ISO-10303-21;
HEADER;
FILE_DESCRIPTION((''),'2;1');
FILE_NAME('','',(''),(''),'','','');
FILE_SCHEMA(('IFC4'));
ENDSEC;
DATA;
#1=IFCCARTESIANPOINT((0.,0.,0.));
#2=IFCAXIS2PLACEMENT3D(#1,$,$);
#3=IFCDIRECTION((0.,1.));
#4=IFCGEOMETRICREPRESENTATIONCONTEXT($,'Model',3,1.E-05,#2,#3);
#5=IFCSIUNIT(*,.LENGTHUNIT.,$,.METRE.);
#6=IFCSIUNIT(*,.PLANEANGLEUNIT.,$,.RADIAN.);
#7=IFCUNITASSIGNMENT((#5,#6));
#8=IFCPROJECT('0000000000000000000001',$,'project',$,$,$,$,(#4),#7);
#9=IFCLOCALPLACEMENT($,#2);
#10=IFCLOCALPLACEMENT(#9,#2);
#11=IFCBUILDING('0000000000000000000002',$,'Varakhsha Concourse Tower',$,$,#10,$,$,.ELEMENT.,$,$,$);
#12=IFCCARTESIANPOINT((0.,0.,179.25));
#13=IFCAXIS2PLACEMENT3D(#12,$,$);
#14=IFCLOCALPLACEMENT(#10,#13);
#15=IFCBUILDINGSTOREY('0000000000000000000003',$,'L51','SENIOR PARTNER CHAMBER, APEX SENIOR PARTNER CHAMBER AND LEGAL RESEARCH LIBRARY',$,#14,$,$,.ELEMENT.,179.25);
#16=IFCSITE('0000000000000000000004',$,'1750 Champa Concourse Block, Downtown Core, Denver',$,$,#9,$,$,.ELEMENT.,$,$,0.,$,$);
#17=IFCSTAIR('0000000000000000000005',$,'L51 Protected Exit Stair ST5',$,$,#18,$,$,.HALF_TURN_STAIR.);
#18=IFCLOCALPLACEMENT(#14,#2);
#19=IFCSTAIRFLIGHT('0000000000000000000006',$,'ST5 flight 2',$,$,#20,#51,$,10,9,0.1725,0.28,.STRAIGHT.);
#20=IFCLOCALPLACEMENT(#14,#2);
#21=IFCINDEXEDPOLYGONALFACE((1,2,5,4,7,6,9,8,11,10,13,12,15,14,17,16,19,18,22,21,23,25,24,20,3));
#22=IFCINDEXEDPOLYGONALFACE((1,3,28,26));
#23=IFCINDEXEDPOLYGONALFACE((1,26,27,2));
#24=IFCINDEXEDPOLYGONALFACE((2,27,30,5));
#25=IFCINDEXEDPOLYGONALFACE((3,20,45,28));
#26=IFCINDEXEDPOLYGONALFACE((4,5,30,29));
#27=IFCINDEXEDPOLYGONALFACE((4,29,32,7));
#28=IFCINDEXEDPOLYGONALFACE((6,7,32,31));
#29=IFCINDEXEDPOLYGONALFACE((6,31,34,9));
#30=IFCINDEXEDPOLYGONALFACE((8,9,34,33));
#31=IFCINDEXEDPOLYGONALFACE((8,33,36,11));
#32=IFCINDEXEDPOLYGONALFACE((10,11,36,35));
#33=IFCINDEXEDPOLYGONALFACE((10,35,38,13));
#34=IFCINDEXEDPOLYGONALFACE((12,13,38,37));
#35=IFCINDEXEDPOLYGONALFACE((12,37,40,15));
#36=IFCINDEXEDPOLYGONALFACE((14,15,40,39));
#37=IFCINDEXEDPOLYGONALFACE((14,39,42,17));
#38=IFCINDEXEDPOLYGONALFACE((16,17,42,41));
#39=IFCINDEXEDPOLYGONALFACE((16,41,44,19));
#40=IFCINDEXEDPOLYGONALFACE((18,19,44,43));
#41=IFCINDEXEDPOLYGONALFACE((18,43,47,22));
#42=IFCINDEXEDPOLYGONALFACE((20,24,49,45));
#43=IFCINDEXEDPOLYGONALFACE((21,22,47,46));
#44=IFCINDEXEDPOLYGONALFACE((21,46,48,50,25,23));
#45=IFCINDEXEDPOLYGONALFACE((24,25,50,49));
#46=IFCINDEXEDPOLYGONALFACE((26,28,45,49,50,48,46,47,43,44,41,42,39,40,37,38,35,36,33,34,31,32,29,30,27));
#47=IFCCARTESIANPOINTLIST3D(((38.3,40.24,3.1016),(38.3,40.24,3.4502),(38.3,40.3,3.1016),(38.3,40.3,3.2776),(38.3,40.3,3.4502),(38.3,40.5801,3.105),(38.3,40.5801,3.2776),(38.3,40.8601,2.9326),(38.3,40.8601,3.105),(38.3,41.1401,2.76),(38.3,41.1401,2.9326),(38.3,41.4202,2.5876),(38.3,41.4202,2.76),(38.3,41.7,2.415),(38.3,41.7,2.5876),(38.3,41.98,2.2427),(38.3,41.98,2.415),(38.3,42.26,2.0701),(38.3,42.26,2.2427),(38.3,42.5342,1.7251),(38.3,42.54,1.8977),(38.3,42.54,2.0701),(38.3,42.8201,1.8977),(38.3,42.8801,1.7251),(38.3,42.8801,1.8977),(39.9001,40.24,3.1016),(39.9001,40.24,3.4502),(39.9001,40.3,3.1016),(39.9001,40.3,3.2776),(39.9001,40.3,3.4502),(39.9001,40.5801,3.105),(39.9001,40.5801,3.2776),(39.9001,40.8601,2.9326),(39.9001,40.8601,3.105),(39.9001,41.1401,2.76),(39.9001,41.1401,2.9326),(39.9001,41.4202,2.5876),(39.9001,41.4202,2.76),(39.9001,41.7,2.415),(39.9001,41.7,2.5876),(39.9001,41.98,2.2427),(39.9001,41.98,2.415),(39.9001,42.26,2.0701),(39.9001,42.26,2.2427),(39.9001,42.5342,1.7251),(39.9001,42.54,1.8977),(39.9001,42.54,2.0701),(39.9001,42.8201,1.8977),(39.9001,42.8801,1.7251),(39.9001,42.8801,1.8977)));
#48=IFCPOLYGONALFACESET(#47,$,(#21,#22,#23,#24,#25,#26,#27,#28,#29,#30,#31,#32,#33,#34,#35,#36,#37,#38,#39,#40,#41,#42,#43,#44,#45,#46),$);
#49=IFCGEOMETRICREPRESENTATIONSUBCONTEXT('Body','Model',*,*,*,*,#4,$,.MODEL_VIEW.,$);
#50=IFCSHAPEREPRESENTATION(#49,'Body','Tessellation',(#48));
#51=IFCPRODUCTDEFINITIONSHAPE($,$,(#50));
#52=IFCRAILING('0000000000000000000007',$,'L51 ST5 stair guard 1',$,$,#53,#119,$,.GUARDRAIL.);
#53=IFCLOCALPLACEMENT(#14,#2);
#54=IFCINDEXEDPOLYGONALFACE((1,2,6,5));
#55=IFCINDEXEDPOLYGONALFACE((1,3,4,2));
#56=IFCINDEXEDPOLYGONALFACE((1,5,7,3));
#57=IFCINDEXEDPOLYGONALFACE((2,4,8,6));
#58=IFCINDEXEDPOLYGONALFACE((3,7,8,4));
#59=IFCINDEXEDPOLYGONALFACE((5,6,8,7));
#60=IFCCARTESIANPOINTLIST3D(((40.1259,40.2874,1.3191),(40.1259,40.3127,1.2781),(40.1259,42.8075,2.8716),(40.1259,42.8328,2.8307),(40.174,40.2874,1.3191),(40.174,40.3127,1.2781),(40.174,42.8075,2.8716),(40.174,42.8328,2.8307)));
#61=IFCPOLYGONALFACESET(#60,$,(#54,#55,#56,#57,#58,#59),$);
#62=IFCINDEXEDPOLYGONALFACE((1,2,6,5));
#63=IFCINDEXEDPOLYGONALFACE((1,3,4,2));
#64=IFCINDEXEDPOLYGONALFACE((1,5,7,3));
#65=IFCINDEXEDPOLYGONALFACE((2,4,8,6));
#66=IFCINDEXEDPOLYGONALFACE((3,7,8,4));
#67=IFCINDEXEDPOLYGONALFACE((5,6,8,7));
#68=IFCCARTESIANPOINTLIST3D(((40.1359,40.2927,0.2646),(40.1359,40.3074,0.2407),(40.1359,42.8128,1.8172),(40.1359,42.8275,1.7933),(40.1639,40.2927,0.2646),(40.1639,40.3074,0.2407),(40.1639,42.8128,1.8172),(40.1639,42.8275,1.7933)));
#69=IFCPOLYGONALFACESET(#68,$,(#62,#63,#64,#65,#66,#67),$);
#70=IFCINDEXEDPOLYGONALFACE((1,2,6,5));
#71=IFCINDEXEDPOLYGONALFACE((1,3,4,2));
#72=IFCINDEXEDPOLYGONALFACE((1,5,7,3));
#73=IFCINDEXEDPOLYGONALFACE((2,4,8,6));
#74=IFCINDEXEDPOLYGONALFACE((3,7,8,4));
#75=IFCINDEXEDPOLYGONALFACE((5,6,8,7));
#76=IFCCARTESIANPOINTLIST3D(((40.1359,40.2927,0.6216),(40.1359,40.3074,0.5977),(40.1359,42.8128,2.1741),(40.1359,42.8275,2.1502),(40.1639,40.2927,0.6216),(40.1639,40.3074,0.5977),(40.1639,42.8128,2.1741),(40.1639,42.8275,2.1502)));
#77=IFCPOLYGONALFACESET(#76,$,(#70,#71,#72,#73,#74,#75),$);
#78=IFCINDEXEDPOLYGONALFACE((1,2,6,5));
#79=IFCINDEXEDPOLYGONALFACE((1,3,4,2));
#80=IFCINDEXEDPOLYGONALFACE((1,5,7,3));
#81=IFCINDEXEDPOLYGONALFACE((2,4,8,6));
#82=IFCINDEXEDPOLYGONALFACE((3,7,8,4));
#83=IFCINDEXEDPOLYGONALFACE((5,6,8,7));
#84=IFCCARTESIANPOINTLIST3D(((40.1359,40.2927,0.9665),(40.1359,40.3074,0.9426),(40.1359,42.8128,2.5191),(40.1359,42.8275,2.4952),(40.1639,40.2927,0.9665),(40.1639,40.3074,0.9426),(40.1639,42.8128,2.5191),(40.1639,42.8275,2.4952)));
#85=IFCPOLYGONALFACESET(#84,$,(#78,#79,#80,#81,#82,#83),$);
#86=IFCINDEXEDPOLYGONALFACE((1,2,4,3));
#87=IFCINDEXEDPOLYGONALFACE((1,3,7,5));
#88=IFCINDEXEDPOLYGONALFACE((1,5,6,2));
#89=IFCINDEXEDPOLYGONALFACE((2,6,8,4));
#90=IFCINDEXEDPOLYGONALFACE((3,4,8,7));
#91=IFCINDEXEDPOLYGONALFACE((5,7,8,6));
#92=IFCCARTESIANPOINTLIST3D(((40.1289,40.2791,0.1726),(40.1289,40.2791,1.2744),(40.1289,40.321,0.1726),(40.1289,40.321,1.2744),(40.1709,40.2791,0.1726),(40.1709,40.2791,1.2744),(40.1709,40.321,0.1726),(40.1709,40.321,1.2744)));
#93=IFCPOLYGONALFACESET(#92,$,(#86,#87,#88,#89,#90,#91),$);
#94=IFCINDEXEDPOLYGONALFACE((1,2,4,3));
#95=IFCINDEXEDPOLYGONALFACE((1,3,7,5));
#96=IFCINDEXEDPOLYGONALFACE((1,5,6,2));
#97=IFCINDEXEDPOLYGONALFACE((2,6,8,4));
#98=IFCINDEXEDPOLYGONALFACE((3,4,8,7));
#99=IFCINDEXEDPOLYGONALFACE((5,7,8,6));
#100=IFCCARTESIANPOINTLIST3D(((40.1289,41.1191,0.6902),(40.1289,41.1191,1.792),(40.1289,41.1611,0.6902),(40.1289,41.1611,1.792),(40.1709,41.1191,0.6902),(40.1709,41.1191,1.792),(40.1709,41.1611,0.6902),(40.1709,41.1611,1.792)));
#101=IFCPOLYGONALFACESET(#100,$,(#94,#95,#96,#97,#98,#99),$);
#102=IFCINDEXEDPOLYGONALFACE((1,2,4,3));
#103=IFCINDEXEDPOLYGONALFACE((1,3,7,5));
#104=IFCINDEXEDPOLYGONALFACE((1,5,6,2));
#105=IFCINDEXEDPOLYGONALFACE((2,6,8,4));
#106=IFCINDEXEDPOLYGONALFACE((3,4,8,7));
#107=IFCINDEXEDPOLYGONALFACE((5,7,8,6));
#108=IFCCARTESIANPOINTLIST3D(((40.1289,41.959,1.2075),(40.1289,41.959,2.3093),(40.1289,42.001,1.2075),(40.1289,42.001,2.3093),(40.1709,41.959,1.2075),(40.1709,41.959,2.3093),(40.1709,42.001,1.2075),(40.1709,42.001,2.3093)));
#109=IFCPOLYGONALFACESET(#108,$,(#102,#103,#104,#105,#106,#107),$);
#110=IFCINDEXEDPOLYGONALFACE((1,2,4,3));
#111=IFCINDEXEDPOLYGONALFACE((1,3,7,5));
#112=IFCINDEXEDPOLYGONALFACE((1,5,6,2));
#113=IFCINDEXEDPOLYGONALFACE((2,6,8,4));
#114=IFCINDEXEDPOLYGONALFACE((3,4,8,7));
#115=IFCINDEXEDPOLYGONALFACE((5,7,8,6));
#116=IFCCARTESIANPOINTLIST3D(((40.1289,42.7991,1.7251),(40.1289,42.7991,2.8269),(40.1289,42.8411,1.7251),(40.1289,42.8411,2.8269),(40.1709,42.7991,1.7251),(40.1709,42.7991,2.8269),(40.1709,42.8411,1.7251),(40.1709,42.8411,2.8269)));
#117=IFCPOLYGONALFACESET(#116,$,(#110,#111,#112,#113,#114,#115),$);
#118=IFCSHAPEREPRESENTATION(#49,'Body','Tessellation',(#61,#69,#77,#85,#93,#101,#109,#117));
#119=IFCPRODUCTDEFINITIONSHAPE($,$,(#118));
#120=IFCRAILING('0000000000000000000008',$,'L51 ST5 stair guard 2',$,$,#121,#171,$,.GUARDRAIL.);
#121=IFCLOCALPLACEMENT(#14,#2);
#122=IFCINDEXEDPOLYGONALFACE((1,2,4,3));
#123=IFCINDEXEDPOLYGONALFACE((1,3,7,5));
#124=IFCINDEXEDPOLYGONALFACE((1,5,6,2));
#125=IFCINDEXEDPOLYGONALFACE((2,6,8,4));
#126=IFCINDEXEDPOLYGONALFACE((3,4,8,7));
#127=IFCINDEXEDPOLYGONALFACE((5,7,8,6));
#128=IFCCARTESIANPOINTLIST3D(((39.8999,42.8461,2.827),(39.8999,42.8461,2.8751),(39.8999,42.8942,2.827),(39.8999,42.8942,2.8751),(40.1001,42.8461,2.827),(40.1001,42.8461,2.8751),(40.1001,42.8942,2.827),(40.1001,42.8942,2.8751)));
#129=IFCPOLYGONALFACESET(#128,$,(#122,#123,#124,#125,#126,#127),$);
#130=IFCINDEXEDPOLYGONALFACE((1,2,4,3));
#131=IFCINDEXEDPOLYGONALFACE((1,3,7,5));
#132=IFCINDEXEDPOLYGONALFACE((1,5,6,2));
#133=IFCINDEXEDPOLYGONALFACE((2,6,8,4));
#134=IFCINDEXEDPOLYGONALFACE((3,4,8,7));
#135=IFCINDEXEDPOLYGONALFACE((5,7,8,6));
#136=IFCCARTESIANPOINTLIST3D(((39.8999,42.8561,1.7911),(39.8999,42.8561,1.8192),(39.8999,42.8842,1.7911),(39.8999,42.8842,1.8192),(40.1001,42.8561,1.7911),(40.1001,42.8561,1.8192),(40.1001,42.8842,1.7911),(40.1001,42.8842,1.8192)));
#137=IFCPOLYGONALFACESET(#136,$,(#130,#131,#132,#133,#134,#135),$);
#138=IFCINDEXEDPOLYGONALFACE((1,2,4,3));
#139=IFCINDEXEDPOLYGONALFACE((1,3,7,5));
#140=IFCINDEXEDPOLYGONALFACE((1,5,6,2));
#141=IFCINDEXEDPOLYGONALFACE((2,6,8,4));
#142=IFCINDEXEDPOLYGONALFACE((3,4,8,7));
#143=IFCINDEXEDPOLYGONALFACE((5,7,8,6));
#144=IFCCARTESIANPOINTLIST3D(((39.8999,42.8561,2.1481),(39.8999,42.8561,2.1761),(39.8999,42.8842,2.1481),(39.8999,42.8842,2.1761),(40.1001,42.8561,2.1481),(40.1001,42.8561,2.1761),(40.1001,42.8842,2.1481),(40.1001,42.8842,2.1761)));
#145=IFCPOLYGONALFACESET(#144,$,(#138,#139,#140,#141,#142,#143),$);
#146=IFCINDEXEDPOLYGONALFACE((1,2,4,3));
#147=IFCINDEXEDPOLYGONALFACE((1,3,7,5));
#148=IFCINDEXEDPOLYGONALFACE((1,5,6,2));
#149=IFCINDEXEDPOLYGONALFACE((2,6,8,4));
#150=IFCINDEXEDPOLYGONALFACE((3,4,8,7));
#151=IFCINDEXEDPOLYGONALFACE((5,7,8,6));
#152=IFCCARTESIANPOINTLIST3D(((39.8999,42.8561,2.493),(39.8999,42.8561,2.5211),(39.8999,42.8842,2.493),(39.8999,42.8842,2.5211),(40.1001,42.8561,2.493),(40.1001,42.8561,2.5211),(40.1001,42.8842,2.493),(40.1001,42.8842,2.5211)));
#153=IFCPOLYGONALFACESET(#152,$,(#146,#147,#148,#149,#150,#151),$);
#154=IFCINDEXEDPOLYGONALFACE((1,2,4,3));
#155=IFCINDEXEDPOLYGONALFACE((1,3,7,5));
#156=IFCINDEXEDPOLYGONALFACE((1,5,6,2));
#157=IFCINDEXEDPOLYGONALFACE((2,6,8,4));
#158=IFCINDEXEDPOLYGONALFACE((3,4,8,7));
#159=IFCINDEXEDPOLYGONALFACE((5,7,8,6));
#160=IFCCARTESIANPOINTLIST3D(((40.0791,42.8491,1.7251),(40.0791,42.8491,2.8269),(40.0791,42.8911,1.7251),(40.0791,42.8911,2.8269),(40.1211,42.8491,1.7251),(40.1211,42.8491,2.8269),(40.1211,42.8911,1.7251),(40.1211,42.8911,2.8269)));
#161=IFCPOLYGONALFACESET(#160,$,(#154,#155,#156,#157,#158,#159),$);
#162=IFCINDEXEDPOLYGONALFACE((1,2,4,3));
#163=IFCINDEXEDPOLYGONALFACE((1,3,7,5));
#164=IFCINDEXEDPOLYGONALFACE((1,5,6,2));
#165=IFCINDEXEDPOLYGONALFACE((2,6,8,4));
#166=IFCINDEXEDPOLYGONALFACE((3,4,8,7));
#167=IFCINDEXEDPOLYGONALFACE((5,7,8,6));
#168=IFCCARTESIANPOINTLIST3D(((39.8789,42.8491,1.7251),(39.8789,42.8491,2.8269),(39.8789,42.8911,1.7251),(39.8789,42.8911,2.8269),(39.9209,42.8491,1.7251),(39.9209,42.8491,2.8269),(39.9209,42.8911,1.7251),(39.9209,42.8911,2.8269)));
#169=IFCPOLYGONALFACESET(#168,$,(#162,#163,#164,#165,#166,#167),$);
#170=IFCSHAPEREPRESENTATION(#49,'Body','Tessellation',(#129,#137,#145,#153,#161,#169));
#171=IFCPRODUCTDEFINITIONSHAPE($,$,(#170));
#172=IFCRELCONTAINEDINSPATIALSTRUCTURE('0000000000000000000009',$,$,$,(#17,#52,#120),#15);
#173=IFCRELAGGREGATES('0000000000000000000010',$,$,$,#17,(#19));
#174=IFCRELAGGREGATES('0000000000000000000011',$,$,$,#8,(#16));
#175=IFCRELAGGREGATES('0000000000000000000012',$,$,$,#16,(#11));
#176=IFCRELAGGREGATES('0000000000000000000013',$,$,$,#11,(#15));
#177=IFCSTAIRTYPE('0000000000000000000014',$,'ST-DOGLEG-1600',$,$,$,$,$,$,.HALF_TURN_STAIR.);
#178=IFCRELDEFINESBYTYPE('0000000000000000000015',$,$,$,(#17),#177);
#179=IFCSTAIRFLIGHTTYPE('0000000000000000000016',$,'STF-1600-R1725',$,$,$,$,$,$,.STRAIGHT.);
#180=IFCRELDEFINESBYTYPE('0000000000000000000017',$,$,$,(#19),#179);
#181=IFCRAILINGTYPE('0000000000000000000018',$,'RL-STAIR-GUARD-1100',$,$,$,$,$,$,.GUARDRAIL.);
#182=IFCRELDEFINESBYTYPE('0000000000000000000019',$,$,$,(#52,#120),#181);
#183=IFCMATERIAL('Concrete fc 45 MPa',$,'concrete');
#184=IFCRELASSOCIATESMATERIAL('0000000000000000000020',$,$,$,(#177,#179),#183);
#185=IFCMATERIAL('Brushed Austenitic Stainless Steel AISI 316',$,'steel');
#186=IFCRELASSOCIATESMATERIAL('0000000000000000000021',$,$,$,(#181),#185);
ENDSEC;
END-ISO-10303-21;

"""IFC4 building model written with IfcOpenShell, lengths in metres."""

from ifc_helpers import new_model, si_unit, direction, frame, origin, origin_2d, place, context, subcontext, project, spatial, polyline, rectangle, outline, extrude, material, type_object, element, aggregate, save


model = new_model("IFC4")

# Units and contexts
model_context = context("Model", 3, precision=1e-05, world=origin(), true_north=direction((0.0, 1.0)))
body_context = subcontext(model_context, "Body", "Model", "MODEL_VIEW")
ifc_project = project(units=[si_unit("LENGTHUNIT", "METRE"), si_unit("PLANEANGLEUNIT", "RADIAN")], contexts=[model_context])

# Site, building, storey
site_placement = place(None, origin())
site = spatial("IfcSite", under=ifc_project, at=site_placement, Name="1750 Champa Concourse Block, Downtown Core, Denver", CompositionType="ELEMENT", RefElevation=0.0)
building_placement = place(site_placement, origin())
building = spatial("IfcBuilding", under=site, at=building_placement, Name="Varakhsha Concourse Tower", CompositionType="ELEMENT")
storey_placement = place(building_placement, frame((0.0, 0.0, 179.25)))
storey = spatial("IfcBuildingStorey", under=building, at=storey_placement, Name="L51", Description="SENIOR PARTNER CHAMBER, APEX SENIOR PARTNER CHAMBER AND LEGAL RESEARCH LIBRARY", CompositionType="ELEMENT", Elevation=179.25)

# Shared definitions
ifc_material_1 = material(Name="Concrete fc 45 MPa", Category="concrete")

# Stair, stair flight
stair_type = type_object("IfcStairType", Name="ST-DOGLEG-1600", PredefinedType="HALF_TURN_STAIR", material=ifc_material_1)
stair_placement = place(storey_placement, origin())
stair = element("IfcStair", 1, at=stair_placement, inside=storey, type_object=stair_type, Name="L51 Protected Exit Stair ST5", PredefinedType="HALF_TURN_STAIR")
stair_flight_type = type_object("IfcStairFlightType", Name="STF-1600-R1725", PredefinedType="STRAIGHT", material=ifc_material_1)
stair_flight_1_placement = place(storey_placement, frame((39.1001, 42.8201, 1.7251), z_axis=(0.0, 0.0, 1.0), x_axis=(0.0, -1.0, 0.0)))
stair_flight_1 = element("IfcStairFlight", 2, at=stair_flight_1_placement, type_object=stair_flight_type, Name="ST5 flight 2", NumberOfRisers=10, NumberOfTreads=9, PredefinedType="STRAIGHT", RiserHeight=0.1725, TreadLength=0.28, context=body_context, shape_type="SweptSolid", body=[
    extrude(outline(polyline([(-0.0601, 0.0), (-0.0601, 0.1726), (0.0, 0.1726), (0.28, 0.1726), (0.28, 0.345), (0.5601, 0.345), (0.5601, 0.5176), (0.8401, 0.5176), (0.8401, 0.6899), (1.1201, 0.6899), (1.1201, 0.8625), (1.3999, 0.8625), (1.3999, 1.0349), (1.6799, 1.0349), (1.6799, 1.2075), (1.96, 1.2075), (1.96, 1.3799), (2.24, 1.3799), (2.24, 1.5525), (2.52, 1.5525), (2.52, 1.7251), (2.5801, 1.7251), (2.5801, 1.3765), (2.52, 1.3765), (0.2859, 0.0), (-0.0601, 0.0)])), frame((0.0, 0.8, 0.0), z_axis=(0.0, -1.0, 0.0), x_axis=(1.0, 0.0, 0.0)), (0.0, 0.0, 1.0), 1.6001),
])
aggregate(stair, [stair_flight_1])

# Railings
ifc_material_2 = material(Name="Brushed Austenitic Stainless Steel AISI 316", Category="steel")
railing_type_1 = type_object("IfcRailingType", Name="RL-STAIR-GUARD-1100", PredefinedType="GUARDRAIL", material=ifc_material_2)
railing_1_placement = place(storey_placement, frame((40.1499, 40.3, 0.1726)))
element("IfcRailing", 3, at=railing_1_placement, inside=storey, type_object=railing_type_1, Name="L51 ST5 stair guard 1", PredefinedType="GUARDRAIL", context=body_context, shape_type="SweptSolid", body=[
    extrude(rectangle(XDim=0.0481, YDim=0.0481, at=origin_2d()), frame((0.0, 0.0, 1.126), z_axis=(0.0, 0.8514, 0.524516), x_axis=(-1.0, 0.0, 0.0)), (0.0, 0.0, 1.0), 2.96),
    extrude(rectangle(XDim=0.0281, YDim=0.0281, at=origin_2d()), frame((0.0, 0.0, 0.0801), z_axis=(0.0, 0.8514, 0.524516), x_axis=(-1.0, 0.0, 0.0)), (0.0, 0.0, 1.0), 2.96),
    extrude(rectangle(XDim=0.0281, YDim=0.0281, at=origin_2d()), frame((0.0, 0.0, 0.437), z_axis=(0.0, 0.8514, 0.524516), x_axis=(-1.0, 0.0, 0.0)), (0.0, 0.0, 1.0), 2.96),
    extrude(rectangle(XDim=0.0281, YDim=0.0281, at=origin_2d()), frame((0.0, 0.0, 0.782), z_axis=(0.0, 0.8514, 0.524516), x_axis=(-1.0, 0.0, 0.0)), (0.0, 0.0, 1.0), 2.96),
    extrude(rectangle(XDim=0.042, YDim=0.042, at=origin_2d()), origin(), (0.0, 0.0, 1.0), 1.1018),
    extrude(rectangle(XDim=0.042, YDim=0.042, at=origin_2d()), frame((0.0, 0.8401, 0.5176)), (0.0, 0.0, 1.0), 1.1018),
    extrude(rectangle(XDim=0.042, YDim=0.042, at=origin_2d()), frame((0.0, 1.6799, 1.0349)), (0.0, 0.0, 1.0), 1.1018),
    extrude(rectangle(XDim=0.042, YDim=0.042, at=origin_2d()), frame((0.0, 2.52, 1.5525)), (0.0, 0.0, 1.0), 1.1018),
])
railing_2_placement = place(storey_placement, frame((40.1001, 42.8701, 1.7251)))
element("IfcRailing", 4, at=railing_2_placement, inside=storey, type_object=railing_type_1, Name="L51 ST5 stair guard 2", PredefinedType="GUARDRAIL", context=body_context, shape_type="SweptSolid", body=[
    extrude(rectangle(XDim=0.0481, YDim=0.0481, at=origin_2d()), frame((0.0, 0.0, 1.126), z_axis=(-1.0, 0.0, 0.0), x_axis=(0.0, -1.0, 0.0)), (0.0, 0.0, 1.0), 0.2002),
    extrude(rectangle(XDim=0.0281, YDim=0.0281, at=origin_2d()), frame((0.0, 0.0, 0.0801), z_axis=(-1.0, 0.0, 0.0), x_axis=(0.0, -1.0, 0.0)), (0.0, 0.0, 1.0), 0.2002),
    extrude(rectangle(XDim=0.0281, YDim=0.0281, at=origin_2d()), frame((0.0, 0.0, 0.437), z_axis=(-1.0, 0.0, 0.0), x_axis=(0.0, -1.0, 0.0)), (0.0, 0.0, 1.0), 0.2002),
    extrude(rectangle(XDim=0.0281, YDim=0.0281, at=origin_2d()), frame((0.0, 0.0, 0.782), z_axis=(-1.0, 0.0, 0.0), x_axis=(0.0, -1.0, 0.0)), (0.0, 0.0, 1.0), 0.2002),
    extrude(rectangle(XDim=0.042, YDim=0.042, at=origin_2d()), origin(), (0.0, 0.0, 1.0), 1.1018),
    extrude(rectangle(XDim=0.042, YDim=0.042, at=origin_2d()), frame((-0.2002, 0.0, 0.0)), (0.0, 0.0, 1.0), 1.1018),
])

save(model, "model.ifc")
